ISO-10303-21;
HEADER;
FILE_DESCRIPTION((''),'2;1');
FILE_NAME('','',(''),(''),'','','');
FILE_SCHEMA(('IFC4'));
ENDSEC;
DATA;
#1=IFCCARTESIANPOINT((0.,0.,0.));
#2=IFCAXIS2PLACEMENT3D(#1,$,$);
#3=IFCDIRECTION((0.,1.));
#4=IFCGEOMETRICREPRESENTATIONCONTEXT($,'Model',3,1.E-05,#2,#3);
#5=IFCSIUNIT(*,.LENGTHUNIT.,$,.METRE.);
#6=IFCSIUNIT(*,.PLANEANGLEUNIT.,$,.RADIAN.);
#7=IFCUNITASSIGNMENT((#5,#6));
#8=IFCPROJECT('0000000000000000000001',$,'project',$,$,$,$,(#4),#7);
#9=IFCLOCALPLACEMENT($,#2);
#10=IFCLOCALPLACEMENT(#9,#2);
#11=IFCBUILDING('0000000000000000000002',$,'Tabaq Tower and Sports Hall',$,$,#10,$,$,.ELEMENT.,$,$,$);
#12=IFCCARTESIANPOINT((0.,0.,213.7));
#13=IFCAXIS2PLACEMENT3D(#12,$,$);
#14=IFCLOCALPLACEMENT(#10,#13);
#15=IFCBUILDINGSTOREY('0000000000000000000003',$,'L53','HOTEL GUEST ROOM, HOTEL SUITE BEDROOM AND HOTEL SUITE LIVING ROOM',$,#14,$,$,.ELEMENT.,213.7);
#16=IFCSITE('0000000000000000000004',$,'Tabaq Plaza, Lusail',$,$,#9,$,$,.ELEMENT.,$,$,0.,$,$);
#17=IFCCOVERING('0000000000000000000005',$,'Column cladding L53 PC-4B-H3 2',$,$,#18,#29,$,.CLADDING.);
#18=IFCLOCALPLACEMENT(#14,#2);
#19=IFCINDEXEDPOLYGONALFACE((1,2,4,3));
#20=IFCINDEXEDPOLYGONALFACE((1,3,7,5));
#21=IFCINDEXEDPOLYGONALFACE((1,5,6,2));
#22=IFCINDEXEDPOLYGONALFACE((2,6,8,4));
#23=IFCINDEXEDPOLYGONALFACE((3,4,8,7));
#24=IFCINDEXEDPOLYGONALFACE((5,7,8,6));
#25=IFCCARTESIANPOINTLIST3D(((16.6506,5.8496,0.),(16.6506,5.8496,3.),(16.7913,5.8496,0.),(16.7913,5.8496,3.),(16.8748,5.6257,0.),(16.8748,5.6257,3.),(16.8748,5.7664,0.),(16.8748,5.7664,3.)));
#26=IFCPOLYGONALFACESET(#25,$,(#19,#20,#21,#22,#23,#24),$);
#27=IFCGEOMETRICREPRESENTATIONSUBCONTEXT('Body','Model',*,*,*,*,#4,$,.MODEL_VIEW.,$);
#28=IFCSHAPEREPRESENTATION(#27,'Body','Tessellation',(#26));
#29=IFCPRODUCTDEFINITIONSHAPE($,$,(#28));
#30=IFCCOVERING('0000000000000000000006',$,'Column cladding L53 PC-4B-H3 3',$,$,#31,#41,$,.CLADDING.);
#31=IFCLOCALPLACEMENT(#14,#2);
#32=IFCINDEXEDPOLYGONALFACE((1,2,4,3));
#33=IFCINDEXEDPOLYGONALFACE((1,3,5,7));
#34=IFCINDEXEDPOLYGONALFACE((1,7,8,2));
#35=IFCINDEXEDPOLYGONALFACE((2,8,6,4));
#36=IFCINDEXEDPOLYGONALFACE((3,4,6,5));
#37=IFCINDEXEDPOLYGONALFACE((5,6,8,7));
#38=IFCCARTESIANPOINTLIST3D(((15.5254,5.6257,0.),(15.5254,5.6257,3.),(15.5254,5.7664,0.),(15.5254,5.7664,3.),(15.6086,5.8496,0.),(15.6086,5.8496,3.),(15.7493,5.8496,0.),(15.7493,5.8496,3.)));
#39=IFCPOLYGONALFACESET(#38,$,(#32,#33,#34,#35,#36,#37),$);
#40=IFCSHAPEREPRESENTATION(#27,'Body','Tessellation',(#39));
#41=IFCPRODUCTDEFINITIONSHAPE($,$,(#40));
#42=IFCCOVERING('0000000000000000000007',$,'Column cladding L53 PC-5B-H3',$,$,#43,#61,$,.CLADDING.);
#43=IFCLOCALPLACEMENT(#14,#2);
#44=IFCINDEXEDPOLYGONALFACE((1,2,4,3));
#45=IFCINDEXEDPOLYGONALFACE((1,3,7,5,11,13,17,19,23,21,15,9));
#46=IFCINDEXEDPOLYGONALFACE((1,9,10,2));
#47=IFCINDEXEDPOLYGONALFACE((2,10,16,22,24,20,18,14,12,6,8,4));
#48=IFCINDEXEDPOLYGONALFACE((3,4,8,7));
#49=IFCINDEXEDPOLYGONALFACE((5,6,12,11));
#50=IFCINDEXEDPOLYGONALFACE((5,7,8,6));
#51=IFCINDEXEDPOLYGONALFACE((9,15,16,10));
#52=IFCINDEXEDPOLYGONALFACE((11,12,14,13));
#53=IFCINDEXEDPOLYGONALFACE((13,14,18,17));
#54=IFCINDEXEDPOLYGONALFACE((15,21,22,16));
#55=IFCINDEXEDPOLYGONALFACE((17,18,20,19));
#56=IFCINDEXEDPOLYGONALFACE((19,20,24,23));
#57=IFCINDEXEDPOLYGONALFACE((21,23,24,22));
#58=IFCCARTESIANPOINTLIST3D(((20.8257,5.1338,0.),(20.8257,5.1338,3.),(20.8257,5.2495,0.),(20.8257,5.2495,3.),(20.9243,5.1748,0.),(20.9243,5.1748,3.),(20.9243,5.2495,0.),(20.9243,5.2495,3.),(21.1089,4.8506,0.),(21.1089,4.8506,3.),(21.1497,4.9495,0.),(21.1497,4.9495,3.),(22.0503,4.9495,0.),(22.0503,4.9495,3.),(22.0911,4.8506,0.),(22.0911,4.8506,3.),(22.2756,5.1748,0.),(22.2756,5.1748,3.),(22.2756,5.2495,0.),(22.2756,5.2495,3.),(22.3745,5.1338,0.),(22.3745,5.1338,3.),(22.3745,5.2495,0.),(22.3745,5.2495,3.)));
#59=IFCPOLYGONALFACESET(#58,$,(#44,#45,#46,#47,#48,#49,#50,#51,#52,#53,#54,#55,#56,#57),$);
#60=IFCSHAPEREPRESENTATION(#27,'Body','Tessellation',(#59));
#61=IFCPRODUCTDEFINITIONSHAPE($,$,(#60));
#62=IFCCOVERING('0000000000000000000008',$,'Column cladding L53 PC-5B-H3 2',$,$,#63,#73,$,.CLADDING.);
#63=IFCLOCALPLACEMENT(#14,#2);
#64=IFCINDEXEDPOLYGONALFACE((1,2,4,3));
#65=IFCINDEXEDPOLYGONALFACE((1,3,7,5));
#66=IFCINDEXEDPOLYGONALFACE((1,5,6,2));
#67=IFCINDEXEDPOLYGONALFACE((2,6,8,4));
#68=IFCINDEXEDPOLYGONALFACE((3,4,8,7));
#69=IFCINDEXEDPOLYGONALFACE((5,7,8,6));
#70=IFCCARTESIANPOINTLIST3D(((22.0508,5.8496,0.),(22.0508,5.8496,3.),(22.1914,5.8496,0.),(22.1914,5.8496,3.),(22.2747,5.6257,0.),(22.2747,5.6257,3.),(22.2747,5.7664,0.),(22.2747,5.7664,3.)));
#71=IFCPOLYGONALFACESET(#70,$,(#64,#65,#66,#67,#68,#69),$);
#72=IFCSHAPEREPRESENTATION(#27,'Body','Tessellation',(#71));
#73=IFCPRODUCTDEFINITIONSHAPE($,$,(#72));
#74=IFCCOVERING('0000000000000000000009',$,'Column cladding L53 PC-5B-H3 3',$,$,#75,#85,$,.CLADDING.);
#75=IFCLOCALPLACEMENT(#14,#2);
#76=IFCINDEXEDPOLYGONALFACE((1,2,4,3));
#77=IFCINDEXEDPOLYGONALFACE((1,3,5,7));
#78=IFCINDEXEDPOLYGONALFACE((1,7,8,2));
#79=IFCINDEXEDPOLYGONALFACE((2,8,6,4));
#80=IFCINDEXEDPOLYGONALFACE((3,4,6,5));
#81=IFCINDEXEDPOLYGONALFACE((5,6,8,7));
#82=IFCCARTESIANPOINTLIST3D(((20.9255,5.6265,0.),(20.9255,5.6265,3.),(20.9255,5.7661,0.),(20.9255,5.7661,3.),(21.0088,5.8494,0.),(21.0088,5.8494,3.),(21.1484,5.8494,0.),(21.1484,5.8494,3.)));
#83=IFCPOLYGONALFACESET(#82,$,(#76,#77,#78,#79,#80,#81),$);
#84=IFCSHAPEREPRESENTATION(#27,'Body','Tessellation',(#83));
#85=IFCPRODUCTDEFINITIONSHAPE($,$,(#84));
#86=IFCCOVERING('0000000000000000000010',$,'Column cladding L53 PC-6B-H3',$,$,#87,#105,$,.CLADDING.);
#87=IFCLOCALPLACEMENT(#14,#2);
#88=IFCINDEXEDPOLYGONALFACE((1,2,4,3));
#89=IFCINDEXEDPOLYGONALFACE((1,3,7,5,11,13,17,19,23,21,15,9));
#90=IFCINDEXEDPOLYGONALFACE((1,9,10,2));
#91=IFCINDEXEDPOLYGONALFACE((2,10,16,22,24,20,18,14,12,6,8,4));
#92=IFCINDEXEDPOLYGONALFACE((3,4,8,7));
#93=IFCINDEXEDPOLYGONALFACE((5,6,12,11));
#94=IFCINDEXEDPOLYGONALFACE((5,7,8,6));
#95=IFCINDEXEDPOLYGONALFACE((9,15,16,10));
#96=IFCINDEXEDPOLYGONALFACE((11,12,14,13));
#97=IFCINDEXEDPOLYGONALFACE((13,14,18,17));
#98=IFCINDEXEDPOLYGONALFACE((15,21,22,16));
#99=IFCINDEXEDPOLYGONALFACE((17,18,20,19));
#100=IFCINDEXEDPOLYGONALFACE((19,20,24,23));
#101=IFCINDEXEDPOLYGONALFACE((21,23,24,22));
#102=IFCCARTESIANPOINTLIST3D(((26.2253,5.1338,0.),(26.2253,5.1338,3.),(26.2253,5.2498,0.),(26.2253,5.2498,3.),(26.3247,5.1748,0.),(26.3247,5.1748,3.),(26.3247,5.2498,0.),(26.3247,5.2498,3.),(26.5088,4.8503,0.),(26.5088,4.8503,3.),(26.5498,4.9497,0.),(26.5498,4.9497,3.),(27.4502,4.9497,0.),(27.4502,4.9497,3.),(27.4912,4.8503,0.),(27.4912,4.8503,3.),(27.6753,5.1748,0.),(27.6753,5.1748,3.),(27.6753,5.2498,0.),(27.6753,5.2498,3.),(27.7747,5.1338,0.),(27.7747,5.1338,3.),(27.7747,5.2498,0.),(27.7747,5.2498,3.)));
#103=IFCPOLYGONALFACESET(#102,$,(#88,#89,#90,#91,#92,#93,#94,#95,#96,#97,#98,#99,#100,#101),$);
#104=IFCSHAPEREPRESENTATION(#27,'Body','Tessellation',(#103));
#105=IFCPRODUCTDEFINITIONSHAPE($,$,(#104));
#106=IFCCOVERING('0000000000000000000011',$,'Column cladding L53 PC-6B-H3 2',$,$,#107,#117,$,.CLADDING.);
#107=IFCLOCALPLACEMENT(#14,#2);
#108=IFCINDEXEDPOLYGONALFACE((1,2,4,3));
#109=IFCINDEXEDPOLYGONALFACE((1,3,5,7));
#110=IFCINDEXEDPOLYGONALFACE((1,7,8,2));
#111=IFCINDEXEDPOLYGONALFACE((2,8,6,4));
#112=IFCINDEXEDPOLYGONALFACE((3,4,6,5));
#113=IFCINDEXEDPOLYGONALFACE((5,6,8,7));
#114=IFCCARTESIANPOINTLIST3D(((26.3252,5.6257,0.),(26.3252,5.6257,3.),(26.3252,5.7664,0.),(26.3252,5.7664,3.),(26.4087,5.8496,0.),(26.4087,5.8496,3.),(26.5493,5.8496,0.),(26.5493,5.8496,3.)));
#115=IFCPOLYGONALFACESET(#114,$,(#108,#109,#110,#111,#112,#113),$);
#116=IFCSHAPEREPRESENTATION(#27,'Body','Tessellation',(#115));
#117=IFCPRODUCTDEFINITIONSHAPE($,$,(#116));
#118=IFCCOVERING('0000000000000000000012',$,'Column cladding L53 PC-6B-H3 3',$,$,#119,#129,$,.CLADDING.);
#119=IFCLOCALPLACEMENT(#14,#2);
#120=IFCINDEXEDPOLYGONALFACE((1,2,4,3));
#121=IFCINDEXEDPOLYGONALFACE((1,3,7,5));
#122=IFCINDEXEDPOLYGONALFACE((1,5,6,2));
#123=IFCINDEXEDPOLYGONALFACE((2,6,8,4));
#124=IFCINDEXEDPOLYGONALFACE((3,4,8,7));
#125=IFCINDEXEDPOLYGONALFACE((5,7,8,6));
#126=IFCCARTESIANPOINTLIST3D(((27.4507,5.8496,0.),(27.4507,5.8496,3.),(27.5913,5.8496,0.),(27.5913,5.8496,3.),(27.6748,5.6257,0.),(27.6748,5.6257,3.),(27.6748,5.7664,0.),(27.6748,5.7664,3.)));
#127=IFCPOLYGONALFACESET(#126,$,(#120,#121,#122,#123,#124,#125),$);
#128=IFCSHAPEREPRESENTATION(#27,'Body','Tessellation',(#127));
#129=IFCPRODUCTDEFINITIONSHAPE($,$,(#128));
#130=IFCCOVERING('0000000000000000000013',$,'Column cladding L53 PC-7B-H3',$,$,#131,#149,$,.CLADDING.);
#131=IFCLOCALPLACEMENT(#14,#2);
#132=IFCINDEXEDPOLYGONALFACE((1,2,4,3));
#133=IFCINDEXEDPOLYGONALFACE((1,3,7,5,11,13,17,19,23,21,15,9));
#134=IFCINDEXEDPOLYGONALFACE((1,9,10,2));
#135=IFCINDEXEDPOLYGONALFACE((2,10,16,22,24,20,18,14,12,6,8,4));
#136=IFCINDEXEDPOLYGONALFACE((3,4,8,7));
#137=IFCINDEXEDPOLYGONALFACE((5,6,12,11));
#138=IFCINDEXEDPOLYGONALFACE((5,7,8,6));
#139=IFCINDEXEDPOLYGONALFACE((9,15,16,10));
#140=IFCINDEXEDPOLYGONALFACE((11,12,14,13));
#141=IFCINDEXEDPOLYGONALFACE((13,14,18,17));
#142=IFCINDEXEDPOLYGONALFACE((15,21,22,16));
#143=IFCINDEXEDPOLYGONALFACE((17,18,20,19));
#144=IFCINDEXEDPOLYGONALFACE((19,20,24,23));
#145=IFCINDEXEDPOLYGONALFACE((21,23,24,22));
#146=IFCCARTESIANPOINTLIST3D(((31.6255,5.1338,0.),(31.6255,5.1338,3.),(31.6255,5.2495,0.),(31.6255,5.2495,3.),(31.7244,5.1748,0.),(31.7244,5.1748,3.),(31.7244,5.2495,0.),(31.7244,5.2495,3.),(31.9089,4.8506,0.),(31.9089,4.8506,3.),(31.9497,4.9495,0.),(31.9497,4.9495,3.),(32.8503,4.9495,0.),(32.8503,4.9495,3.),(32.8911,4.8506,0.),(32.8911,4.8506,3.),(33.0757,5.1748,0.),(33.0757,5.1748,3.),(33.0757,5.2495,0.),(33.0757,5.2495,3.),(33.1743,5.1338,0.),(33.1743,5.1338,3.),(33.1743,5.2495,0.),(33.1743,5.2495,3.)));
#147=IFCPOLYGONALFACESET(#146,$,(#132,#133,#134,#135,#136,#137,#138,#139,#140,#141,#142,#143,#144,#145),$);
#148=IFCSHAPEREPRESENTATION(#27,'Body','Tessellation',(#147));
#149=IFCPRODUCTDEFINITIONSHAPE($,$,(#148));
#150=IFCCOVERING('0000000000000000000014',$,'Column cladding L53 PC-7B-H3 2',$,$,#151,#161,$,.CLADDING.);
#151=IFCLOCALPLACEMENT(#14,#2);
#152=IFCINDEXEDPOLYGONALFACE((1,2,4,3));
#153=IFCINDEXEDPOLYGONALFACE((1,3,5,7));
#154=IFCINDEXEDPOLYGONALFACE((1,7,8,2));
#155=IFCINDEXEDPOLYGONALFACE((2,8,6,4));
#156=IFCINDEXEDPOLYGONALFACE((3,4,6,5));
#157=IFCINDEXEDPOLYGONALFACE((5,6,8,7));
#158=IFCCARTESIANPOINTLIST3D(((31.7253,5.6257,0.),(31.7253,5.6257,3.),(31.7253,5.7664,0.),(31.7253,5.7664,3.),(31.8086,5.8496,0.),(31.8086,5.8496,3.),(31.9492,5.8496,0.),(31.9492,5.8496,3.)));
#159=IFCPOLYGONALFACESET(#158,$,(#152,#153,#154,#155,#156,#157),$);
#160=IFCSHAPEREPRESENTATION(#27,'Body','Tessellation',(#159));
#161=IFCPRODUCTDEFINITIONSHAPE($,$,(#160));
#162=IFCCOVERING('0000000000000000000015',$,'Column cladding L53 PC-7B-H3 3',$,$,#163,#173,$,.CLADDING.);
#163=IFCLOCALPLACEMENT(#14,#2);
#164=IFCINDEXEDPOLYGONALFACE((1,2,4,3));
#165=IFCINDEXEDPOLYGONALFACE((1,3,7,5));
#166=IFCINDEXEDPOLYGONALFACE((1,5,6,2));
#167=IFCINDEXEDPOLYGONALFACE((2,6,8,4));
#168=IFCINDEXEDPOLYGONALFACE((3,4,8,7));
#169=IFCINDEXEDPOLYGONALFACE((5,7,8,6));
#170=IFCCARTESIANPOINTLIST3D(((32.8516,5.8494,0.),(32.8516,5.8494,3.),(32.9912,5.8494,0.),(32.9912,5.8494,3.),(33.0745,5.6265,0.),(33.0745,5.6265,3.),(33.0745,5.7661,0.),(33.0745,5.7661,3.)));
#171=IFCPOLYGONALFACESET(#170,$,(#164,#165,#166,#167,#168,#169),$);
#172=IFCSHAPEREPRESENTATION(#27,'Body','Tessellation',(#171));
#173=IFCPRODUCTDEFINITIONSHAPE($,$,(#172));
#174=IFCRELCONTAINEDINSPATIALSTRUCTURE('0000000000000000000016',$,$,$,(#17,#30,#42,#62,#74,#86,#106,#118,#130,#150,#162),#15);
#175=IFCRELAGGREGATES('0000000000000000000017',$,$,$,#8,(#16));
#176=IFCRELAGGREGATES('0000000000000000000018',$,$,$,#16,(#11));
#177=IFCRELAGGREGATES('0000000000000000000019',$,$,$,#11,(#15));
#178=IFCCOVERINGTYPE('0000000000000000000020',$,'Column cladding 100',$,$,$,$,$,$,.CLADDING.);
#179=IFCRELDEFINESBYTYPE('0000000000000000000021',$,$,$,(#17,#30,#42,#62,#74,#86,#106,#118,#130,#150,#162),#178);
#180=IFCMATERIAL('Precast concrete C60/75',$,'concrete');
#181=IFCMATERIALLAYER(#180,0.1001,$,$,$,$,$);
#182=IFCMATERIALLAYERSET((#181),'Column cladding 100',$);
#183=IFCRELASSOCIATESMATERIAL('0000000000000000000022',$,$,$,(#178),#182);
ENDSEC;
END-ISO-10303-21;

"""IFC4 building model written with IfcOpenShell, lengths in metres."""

from ifc_helpers import new_model, si_unit, direction, frame, origin, place, context, subcontext, project, spatial, polyline, outline, extrude, material, layer, layer_set, type_object, element, save


model = new_model("IFC4")

# Units and contexts
model_context = context("Model", 3, precision=1e-05, world=origin(), true_north=direction((0.0, 1.0)))
body_context = subcontext(model_context, "Body", "Model", "MODEL_VIEW")
ifc_project = project(units=[si_unit("LENGTHUNIT", "METRE"), si_unit("PLANEANGLEUNIT", "RADIAN")], contexts=[model_context])

# Site, building, storey
site_placement = place(None, origin())
site = spatial("IfcSite", under=ifc_project, at=site_placement, Name="Tabaq Plaza, Lusail", CompositionType="ELEMENT", RefElevation=0.0)
building_placement = place(site_placement, origin())
building = spatial("IfcBuilding", under=site, at=building_placement, Name="Tabaq Tower and Sports Hall", CompositionType="ELEMENT")
storey_placement = place(building_placement, frame((0.0, 0.0, 213.7)))
storey = spatial("IfcBuildingStorey", under=building, at=storey_placement, Name="L53", Description="HOTEL GUEST ROOM, HOTEL SUITE BEDROOM AND HOTEL SUITE LIVING ROOM", CompositionType="ELEMENT", Elevation=213.7)

# Coverings
ifc_material_1 = material(Name="Precast concrete C60/75", Category="concrete")
ifc_layer_1 = layer(ifc_material_1, 0.1001)
ifc_layer_set_1 = layer_set([ifc_layer_1], Name="Column cladding 100")
covering_type = type_object("IfcCoveringType", Name="Column cladding 100", PredefinedType="CLADDING", material=ifc_layer_set_1)
covering_1_placement = place(storey_placement, origin())
element("IfcCovering", 1, at=covering_1_placement, inside=storey, type_object=covering_type, Name="Column cladding L53 PC-4B-H3 2", PredefinedType="CLADDING", context=body_context, shape_type="SweptSolid", body=[
    extrude(outline(polyline([(16.8748, 5.7664), (16.8748, 5.6257), (16.6506, 5.8496), (16.7913, 5.8496), (16.8748, 5.7664)])), origin(), (0.0, 0.0, 1.0), 3.0),
])
covering_2_placement = place(storey_placement, origin())
element("IfcCovering", 2, at=covering_2_placement, inside=storey, type_object=covering_type, Name="Column cladding L53 PC-4B-H3 3", PredefinedType="CLADDING", context=body_context, shape_type="SweptSolid", body=[
    extrude(outline(polyline([(15.6086, 5.8496), (15.7493, 5.8496), (15.5254, 5.6257), (15.5254, 5.7664), (15.6086, 5.8496)])), origin(), (0.0, 0.0, 1.0), 3.0),
])
covering_3_placement = place(storey_placement, origin())
element("IfcCovering", 3, at=covering_3_placement, inside=storey, type_object=covering_type, Name="Column cladding L53 PC-5B-H3", PredefinedType="CLADDING", context=body_context, shape_type="SweptSolid", body=[
    extrude(outline(polyline([(20.8257, 5.2495), (20.9243, 5.2495), (20.9243, 5.1748), (21.1497, 4.9495), (22.0503, 4.9495), (22.2756, 5.1748), (22.2756, 5.2495), (22.3745, 5.2495), (22.3745, 5.1338), (22.0911, 4.8506), (21.1089, 4.8506), (20.8257, 5.1338), (20.8257, 5.2495)])), origin(), (0.0, 0.0, 1.0), 3.0),
])
covering_4_placement = place(storey_placement, origin())
element("IfcCovering", 4, at=covering_4_placement, inside=storey, type_object=covering_type, Name="Column cladding L53 PC-5B-H3 2", PredefinedType="CLADDING", context=body_context, shape_type="SweptSolid", body=[
    extrude(outline(polyline([(22.2747, 5.7664), (22.2747, 5.6257), (22.0508, 5.8496), (22.1914, 5.8496), (22.2747, 5.7664)])), origin(), (0.0, 0.0, 1.0), 3.0),
])
covering_5_placement = place(storey_placement, origin())
element("IfcCovering", 5, at=covering_5_placement, inside=storey, type_object=covering_type, Name="Column cladding L53 PC-5B-H3 3", PredefinedType="CLADDING", context=body_context, shape_type="SweptSolid", body=[
    extrude(outline(polyline([(20.9255, 5.6265), (20.9255, 5.7661), (21.0088, 5.8494), (21.1484, 5.8494), (20.9255, 5.6265)])), origin(), (0.0, 0.0, 1.0), 3.0),
])
covering_6_placement = place(storey_placement, origin())
element("IfcCovering", 6, at=covering_6_placement, inside=storey, type_object=covering_type, Name="Column cladding L53 PC-6B-H3", PredefinedType="CLADDING", context=body_context, shape_type="SweptSolid", body=[
    extrude(outline(polyline([(26.2253, 5.2498), (26.3247, 5.2498), (26.3247, 5.1748), (26.5498, 4.9497), (27.4502, 4.9497), (27.6753, 5.1748), (27.6753, 5.2498), (27.7747, 5.2498), (27.7747, 5.1338), (27.4912, 4.8503), (26.5088, 4.8503), (26.2253, 5.1338), (26.2253, 5.2498)])), origin(), (0.0, 0.0, 1.0), 3.0),
])
covering_7_placement = place(storey_placement, origin())
element("IfcCovering", 7, at=covering_7_placement, inside=storey, type_object=covering_type, Name="Column cladding L53 PC-6B-H3 2", PredefinedType="CLADDING", context=body_context, shape_type="SweptSolid", body=[
    extrude(outline(polyline([(26.4087, 5.8496), (26.5493, 5.8496), (26.3252, 5.6257), (26.3252, 5.7664), (26.4087, 5.8496)])), origin(), (0.0, 0.0, 1.0), 3.0),
])
covering_8_placement = place(storey_placement, origin())
element("IfcCovering", 8, at=covering_8_placement, inside=storey, type_object=covering_type, Name="Column cladding L53 PC-6B-H3 3", PredefinedType="CLADDING", context=body_context, shape_type="SweptSolid", body=[
    extrude(outline(polyline([(27.6748, 5.7664), (27.6748, 5.6257), (27.4507, 5.8496), (27.5913, 5.8496), (27.6748, 5.7664)])), origin(), (0.0, 0.0, 1.0), 3.0),
])
covering_9_placement = place(storey_placement, origin())
element("IfcCovering", 9, at=covering_9_placement, inside=storey, type_object=covering_type, Name="Column cladding L53 PC-7B-H3", PredefinedType="CLADDING", context=body_context, shape_type="SweptSolid", body=[
    extrude(outline(polyline([(31.6255, 5.2495), (31.7244, 5.2495), (31.7244, 5.1748), (31.9497, 4.9495), (32.8503, 4.9495), (33.0757, 5.1748), (33.0757, 5.2495), (33.1743, 5.2495), (33.1743, 5.1338), (32.8911, 4.8506), (31.9089, 4.8506), (31.6255, 5.1338), (31.6255, 5.2495)])), origin(), (0.0, 0.0, 1.0), 3.0),
])
covering_10_placement = place(storey_placement, origin())
element("IfcCovering", 10, at=covering_10_placement, inside=storey, type_object=covering_type, Name="Column cladding L53 PC-7B-H3 2", PredefinedType="CLADDING", context=body_context, shape_type="SweptSolid", body=[
    extrude(outline(polyline([(31.8086, 5.8496), (31.9492, 5.8496), (31.7253, 5.6257), (31.7253, 5.7664), (31.8086, 5.8496)])), origin(), (0.0, 0.0, 1.0), 3.0),
])
covering_11_placement = place(storey_placement, origin())
element("IfcCovering", 11, at=covering_11_placement, inside=storey, type_object=covering_type, Name="Column cladding L53 PC-7B-H3 3", PredefinedType="CLADDING", context=body_context, shape_type="SweptSolid", body=[
    extrude(outline(polyline([(33.0745, 5.6265), (32.8516, 5.8494), (32.9912, 5.8494), (33.0745, 5.7661), (33.0745, 5.6265)])), origin(), (0.0, 0.0, 1.0), 3.0),
])

save(model, "model.ifc")
